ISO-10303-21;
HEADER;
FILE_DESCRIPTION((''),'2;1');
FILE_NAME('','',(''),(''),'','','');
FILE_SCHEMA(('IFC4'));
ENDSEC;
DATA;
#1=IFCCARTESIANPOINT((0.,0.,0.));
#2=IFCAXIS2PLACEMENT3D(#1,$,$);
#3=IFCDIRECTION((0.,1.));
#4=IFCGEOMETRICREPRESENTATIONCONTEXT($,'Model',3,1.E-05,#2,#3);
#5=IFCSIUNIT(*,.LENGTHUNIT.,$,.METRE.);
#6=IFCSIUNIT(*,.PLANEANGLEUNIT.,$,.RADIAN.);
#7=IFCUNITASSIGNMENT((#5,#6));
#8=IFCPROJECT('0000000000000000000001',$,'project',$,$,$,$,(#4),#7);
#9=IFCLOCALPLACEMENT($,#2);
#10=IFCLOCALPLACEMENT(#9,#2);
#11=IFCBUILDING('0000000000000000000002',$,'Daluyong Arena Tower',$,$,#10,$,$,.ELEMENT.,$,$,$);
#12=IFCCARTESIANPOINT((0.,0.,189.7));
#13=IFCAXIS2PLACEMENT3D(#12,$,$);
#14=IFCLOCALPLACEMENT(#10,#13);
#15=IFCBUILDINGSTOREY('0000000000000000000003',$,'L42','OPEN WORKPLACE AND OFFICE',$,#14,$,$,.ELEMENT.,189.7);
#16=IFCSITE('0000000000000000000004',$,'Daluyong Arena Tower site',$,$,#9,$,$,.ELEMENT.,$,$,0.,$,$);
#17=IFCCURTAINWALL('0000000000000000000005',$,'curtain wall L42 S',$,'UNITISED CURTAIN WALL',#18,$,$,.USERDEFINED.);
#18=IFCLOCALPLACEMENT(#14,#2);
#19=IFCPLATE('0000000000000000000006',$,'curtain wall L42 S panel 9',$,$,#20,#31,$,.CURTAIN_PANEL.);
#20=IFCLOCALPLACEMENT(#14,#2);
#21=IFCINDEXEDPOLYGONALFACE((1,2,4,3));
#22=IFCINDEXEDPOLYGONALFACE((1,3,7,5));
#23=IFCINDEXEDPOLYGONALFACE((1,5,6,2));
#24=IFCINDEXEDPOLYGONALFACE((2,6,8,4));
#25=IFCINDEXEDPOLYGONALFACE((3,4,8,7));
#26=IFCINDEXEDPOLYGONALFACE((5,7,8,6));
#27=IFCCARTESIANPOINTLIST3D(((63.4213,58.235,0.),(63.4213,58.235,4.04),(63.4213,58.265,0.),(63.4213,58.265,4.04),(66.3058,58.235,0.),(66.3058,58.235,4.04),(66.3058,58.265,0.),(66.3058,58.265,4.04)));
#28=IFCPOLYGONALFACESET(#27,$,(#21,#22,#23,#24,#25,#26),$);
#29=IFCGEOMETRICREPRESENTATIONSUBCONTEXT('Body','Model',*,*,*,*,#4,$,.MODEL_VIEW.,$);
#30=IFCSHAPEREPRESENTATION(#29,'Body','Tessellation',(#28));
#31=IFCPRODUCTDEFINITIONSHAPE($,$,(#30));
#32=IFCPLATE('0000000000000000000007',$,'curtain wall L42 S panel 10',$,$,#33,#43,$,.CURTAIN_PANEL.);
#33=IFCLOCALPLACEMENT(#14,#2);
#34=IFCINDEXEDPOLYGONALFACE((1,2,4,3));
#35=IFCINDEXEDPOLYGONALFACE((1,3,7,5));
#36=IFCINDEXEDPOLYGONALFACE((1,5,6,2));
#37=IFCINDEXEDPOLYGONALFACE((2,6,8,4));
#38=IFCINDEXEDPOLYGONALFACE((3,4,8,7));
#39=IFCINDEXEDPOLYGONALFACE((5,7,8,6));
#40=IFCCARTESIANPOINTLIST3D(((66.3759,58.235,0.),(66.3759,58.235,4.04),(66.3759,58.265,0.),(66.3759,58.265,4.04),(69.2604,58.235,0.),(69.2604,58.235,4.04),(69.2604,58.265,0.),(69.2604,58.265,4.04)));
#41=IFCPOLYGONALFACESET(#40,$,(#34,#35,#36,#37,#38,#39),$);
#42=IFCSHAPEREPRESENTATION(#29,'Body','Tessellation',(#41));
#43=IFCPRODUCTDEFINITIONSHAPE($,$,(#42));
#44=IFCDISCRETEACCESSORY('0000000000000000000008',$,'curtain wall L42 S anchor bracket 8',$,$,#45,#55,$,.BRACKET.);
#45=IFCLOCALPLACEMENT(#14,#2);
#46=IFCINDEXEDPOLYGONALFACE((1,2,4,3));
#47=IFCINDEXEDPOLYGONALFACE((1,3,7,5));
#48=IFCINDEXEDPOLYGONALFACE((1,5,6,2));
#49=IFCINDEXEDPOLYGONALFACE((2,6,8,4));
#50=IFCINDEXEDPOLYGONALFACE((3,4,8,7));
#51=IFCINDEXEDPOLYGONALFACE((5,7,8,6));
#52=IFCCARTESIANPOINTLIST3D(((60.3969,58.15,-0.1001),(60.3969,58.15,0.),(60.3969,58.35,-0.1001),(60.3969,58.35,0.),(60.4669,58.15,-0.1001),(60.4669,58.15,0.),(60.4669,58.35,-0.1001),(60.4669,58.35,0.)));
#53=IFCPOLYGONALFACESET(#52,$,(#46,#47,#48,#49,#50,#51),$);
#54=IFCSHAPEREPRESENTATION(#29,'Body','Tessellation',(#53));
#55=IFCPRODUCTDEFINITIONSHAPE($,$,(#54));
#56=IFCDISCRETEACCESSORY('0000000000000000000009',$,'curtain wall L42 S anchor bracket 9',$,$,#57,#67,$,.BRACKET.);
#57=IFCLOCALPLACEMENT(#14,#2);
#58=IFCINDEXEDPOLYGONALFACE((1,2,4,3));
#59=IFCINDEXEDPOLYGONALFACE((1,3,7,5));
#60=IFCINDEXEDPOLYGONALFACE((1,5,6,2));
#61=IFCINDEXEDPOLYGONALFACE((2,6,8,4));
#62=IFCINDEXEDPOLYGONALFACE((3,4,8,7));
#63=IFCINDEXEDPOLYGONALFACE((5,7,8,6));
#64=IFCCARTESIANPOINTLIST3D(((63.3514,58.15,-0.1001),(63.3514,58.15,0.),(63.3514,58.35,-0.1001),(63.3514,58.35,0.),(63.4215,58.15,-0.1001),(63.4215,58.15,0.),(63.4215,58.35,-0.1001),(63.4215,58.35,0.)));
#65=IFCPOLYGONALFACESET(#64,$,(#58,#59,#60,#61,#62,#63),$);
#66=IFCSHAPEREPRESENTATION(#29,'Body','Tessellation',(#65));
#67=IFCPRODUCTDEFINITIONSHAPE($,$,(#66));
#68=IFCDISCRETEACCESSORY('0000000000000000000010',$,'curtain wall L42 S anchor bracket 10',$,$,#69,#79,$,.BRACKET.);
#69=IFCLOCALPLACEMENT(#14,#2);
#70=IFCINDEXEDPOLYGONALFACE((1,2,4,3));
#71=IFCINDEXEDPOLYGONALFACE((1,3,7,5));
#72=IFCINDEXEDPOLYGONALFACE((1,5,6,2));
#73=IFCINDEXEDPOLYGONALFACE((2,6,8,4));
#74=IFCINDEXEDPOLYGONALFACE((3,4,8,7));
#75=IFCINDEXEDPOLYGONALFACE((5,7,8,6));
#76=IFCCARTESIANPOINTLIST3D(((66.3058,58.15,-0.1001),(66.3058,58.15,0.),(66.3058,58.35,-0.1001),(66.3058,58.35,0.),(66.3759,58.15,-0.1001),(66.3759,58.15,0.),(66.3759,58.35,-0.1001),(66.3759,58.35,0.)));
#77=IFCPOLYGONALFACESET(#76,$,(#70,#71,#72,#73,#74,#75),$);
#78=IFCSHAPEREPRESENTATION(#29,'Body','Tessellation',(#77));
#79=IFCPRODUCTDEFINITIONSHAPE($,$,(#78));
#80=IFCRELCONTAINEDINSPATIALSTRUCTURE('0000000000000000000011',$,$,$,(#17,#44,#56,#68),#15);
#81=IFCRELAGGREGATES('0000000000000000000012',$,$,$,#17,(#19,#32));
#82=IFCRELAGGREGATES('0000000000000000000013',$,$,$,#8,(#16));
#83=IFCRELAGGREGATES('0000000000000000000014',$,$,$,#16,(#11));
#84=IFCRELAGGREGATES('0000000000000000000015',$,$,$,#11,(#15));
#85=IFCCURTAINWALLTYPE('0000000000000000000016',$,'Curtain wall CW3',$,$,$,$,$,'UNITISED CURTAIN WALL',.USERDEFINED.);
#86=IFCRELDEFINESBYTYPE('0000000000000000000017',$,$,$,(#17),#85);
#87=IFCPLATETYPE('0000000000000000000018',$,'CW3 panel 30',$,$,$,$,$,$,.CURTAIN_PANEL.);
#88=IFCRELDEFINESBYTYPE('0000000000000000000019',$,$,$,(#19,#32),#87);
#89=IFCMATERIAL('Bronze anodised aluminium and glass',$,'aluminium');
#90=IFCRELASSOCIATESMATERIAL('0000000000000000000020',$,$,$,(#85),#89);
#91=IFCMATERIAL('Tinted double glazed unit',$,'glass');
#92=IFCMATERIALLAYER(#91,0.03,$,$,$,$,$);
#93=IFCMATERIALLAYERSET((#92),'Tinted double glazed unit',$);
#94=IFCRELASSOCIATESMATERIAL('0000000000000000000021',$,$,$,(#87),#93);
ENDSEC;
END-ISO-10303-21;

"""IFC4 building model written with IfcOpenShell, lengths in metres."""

from ifc_helpers import new_model, si_unit, direction, frame, origin, origin_2d, place, context, subcontext, project, spatial, rectangle, extrude, material, layer, layer_set, type_object, element, aggregate, save


model = new_model("IFC4")

# Units and contexts
model_context = context("Model", 3, precision=1e-05, world=origin(), true_north=direction((0.0, 1.0)))
body_context = subcontext(model_context, "Body", "Model", "MODEL_VIEW")
ifc_project = project(units=[si_unit("LENGTHUNIT", "METRE"), si_unit("PLANEANGLEUNIT", "RADIAN")], contexts=[model_context])

# Site, building, storey
site_placement = place(None, origin())
site = spatial("IfcSite", under=ifc_project, at=site_placement, Name="Daluyong Arena Tower site", CompositionType="ELEMENT", RefElevation=0.0)
building_placement = place(site_placement, origin())
building = spatial("IfcBuilding", under=site, at=building_placement, Name="Daluyong Arena Tower", CompositionType="ELEMENT")
storey_placement = place(building_placement, frame((0.0, 0.0, 189.7)))
storey = spatial("IfcBuildingStorey", under=building, at=storey_placement, Name="L42", Description="OPEN WORKPLACE AND OFFICE", CompositionType="ELEMENT", Elevation=189.7)

# Curtain wall
ifc_material_1 = material(Name="Bronze anodised aluminium and glass", Category="aluminium")
curtain_wall_type = type_object("IfcCurtainWallType", Name="Curtain wall CW3", ElementType="UNITISED CURTAIN WALL", PredefinedType="USERDEFINED", material=ifc_material_1)
curtain_wall_placement = place(storey_placement, origin())
curtain_wall = element("IfcCurtainWall", 1, at=curtain_wall_placement, inside=storey, type_object=curtain_wall_type, Name="curtain wall L42 S", ObjectType="UNITISED CURTAIN WALL", PredefinedType="USERDEFINED")

# Plates
ifc_material_2 = material(Name="Tinted double glazed unit", Category="glass")
ifc_layer = layer(ifc_material_2, 0.03)
ifc_layer_set = layer_set([ifc_layer], Name="Tinted double glazed unit")
plate_type = type_object("IfcPlateType", Name="CW3 panel 30", PredefinedType="CURTAIN_PANEL", material=ifc_layer_set)
plate_1_placement = place(storey_placement, frame((64.8635, 58.25, 0.0), z_axis=(0.0, 0.0, 1.0), x_axis=(1.0, 0.0, 0.0)))
plate_1 = element("IfcPlate", 2, at=plate_1_placement, type_object=plate_type, Name="curtain wall L42 S panel 9", PredefinedType="CURTAIN_PANEL", context=body_context, shape_type="SweptSolid", body=[
    extrude(rectangle(XDim=2.8845, YDim=0.03, at=origin_2d()), origin(), (0.0, 0.0, 1.0), 4.04),
])
plate_2_placement = place(storey_placement, frame((67.8181, 58.25, 0.0), z_axis=(0.0, 0.0, 1.0), x_axis=(1.0, 0.0, 0.0)))
plate_2 = element("IfcPlate", 3, at=plate_2_placement, type_object=plate_type, Name="curtain wall L42 S panel 10", PredefinedType="CURTAIN_PANEL", context=body_context, shape_type="SweptSolid", body=[
    extrude(rectangle(XDim=2.8845, YDim=0.03, at=origin_2d()), origin(), (0.0, 0.0, 1.0), 4.04),
])
aggregate(curtain_wall, [plate_1, plate_2])

# Discrete accessories
for number, where, z_axis, x_axis, name in (
    (4, (60.4319, 58.25, -0.1001), (0.0, 0.0, 1.0), (1.0, 0.0, 0.0), "curtain wall L42 S anchor bracket 8"),
    (5, (63.3865, 58.25, -0.1001), (0.0, 0.0, 1.0), (1.0, 0.0, 0.0), "curtain wall L42 S anchor bracket 9"),
    (6, (66.3408, 58.25, -0.1001), (0.0, 0.0, 1.0), (1.0, 0.0, 0.0), "curtain wall L42 S anchor bracket 10"),
):
    element("IfcDiscreteAccessory", number, at=place(storey_placement, frame(where, z_axis=z_axis, x_axis=x_axis)), inside=storey, Name=name, PredefinedType="BRACKET", context=body_context, shape_type="SweptSolid", body=[
        extrude(rectangle(XDim=0.0701, YDim=0.2, at=origin_2d()), origin(), (0.0, 0.0, 1.0), 0.1001),
    ])

save(model, "model.ifc")
